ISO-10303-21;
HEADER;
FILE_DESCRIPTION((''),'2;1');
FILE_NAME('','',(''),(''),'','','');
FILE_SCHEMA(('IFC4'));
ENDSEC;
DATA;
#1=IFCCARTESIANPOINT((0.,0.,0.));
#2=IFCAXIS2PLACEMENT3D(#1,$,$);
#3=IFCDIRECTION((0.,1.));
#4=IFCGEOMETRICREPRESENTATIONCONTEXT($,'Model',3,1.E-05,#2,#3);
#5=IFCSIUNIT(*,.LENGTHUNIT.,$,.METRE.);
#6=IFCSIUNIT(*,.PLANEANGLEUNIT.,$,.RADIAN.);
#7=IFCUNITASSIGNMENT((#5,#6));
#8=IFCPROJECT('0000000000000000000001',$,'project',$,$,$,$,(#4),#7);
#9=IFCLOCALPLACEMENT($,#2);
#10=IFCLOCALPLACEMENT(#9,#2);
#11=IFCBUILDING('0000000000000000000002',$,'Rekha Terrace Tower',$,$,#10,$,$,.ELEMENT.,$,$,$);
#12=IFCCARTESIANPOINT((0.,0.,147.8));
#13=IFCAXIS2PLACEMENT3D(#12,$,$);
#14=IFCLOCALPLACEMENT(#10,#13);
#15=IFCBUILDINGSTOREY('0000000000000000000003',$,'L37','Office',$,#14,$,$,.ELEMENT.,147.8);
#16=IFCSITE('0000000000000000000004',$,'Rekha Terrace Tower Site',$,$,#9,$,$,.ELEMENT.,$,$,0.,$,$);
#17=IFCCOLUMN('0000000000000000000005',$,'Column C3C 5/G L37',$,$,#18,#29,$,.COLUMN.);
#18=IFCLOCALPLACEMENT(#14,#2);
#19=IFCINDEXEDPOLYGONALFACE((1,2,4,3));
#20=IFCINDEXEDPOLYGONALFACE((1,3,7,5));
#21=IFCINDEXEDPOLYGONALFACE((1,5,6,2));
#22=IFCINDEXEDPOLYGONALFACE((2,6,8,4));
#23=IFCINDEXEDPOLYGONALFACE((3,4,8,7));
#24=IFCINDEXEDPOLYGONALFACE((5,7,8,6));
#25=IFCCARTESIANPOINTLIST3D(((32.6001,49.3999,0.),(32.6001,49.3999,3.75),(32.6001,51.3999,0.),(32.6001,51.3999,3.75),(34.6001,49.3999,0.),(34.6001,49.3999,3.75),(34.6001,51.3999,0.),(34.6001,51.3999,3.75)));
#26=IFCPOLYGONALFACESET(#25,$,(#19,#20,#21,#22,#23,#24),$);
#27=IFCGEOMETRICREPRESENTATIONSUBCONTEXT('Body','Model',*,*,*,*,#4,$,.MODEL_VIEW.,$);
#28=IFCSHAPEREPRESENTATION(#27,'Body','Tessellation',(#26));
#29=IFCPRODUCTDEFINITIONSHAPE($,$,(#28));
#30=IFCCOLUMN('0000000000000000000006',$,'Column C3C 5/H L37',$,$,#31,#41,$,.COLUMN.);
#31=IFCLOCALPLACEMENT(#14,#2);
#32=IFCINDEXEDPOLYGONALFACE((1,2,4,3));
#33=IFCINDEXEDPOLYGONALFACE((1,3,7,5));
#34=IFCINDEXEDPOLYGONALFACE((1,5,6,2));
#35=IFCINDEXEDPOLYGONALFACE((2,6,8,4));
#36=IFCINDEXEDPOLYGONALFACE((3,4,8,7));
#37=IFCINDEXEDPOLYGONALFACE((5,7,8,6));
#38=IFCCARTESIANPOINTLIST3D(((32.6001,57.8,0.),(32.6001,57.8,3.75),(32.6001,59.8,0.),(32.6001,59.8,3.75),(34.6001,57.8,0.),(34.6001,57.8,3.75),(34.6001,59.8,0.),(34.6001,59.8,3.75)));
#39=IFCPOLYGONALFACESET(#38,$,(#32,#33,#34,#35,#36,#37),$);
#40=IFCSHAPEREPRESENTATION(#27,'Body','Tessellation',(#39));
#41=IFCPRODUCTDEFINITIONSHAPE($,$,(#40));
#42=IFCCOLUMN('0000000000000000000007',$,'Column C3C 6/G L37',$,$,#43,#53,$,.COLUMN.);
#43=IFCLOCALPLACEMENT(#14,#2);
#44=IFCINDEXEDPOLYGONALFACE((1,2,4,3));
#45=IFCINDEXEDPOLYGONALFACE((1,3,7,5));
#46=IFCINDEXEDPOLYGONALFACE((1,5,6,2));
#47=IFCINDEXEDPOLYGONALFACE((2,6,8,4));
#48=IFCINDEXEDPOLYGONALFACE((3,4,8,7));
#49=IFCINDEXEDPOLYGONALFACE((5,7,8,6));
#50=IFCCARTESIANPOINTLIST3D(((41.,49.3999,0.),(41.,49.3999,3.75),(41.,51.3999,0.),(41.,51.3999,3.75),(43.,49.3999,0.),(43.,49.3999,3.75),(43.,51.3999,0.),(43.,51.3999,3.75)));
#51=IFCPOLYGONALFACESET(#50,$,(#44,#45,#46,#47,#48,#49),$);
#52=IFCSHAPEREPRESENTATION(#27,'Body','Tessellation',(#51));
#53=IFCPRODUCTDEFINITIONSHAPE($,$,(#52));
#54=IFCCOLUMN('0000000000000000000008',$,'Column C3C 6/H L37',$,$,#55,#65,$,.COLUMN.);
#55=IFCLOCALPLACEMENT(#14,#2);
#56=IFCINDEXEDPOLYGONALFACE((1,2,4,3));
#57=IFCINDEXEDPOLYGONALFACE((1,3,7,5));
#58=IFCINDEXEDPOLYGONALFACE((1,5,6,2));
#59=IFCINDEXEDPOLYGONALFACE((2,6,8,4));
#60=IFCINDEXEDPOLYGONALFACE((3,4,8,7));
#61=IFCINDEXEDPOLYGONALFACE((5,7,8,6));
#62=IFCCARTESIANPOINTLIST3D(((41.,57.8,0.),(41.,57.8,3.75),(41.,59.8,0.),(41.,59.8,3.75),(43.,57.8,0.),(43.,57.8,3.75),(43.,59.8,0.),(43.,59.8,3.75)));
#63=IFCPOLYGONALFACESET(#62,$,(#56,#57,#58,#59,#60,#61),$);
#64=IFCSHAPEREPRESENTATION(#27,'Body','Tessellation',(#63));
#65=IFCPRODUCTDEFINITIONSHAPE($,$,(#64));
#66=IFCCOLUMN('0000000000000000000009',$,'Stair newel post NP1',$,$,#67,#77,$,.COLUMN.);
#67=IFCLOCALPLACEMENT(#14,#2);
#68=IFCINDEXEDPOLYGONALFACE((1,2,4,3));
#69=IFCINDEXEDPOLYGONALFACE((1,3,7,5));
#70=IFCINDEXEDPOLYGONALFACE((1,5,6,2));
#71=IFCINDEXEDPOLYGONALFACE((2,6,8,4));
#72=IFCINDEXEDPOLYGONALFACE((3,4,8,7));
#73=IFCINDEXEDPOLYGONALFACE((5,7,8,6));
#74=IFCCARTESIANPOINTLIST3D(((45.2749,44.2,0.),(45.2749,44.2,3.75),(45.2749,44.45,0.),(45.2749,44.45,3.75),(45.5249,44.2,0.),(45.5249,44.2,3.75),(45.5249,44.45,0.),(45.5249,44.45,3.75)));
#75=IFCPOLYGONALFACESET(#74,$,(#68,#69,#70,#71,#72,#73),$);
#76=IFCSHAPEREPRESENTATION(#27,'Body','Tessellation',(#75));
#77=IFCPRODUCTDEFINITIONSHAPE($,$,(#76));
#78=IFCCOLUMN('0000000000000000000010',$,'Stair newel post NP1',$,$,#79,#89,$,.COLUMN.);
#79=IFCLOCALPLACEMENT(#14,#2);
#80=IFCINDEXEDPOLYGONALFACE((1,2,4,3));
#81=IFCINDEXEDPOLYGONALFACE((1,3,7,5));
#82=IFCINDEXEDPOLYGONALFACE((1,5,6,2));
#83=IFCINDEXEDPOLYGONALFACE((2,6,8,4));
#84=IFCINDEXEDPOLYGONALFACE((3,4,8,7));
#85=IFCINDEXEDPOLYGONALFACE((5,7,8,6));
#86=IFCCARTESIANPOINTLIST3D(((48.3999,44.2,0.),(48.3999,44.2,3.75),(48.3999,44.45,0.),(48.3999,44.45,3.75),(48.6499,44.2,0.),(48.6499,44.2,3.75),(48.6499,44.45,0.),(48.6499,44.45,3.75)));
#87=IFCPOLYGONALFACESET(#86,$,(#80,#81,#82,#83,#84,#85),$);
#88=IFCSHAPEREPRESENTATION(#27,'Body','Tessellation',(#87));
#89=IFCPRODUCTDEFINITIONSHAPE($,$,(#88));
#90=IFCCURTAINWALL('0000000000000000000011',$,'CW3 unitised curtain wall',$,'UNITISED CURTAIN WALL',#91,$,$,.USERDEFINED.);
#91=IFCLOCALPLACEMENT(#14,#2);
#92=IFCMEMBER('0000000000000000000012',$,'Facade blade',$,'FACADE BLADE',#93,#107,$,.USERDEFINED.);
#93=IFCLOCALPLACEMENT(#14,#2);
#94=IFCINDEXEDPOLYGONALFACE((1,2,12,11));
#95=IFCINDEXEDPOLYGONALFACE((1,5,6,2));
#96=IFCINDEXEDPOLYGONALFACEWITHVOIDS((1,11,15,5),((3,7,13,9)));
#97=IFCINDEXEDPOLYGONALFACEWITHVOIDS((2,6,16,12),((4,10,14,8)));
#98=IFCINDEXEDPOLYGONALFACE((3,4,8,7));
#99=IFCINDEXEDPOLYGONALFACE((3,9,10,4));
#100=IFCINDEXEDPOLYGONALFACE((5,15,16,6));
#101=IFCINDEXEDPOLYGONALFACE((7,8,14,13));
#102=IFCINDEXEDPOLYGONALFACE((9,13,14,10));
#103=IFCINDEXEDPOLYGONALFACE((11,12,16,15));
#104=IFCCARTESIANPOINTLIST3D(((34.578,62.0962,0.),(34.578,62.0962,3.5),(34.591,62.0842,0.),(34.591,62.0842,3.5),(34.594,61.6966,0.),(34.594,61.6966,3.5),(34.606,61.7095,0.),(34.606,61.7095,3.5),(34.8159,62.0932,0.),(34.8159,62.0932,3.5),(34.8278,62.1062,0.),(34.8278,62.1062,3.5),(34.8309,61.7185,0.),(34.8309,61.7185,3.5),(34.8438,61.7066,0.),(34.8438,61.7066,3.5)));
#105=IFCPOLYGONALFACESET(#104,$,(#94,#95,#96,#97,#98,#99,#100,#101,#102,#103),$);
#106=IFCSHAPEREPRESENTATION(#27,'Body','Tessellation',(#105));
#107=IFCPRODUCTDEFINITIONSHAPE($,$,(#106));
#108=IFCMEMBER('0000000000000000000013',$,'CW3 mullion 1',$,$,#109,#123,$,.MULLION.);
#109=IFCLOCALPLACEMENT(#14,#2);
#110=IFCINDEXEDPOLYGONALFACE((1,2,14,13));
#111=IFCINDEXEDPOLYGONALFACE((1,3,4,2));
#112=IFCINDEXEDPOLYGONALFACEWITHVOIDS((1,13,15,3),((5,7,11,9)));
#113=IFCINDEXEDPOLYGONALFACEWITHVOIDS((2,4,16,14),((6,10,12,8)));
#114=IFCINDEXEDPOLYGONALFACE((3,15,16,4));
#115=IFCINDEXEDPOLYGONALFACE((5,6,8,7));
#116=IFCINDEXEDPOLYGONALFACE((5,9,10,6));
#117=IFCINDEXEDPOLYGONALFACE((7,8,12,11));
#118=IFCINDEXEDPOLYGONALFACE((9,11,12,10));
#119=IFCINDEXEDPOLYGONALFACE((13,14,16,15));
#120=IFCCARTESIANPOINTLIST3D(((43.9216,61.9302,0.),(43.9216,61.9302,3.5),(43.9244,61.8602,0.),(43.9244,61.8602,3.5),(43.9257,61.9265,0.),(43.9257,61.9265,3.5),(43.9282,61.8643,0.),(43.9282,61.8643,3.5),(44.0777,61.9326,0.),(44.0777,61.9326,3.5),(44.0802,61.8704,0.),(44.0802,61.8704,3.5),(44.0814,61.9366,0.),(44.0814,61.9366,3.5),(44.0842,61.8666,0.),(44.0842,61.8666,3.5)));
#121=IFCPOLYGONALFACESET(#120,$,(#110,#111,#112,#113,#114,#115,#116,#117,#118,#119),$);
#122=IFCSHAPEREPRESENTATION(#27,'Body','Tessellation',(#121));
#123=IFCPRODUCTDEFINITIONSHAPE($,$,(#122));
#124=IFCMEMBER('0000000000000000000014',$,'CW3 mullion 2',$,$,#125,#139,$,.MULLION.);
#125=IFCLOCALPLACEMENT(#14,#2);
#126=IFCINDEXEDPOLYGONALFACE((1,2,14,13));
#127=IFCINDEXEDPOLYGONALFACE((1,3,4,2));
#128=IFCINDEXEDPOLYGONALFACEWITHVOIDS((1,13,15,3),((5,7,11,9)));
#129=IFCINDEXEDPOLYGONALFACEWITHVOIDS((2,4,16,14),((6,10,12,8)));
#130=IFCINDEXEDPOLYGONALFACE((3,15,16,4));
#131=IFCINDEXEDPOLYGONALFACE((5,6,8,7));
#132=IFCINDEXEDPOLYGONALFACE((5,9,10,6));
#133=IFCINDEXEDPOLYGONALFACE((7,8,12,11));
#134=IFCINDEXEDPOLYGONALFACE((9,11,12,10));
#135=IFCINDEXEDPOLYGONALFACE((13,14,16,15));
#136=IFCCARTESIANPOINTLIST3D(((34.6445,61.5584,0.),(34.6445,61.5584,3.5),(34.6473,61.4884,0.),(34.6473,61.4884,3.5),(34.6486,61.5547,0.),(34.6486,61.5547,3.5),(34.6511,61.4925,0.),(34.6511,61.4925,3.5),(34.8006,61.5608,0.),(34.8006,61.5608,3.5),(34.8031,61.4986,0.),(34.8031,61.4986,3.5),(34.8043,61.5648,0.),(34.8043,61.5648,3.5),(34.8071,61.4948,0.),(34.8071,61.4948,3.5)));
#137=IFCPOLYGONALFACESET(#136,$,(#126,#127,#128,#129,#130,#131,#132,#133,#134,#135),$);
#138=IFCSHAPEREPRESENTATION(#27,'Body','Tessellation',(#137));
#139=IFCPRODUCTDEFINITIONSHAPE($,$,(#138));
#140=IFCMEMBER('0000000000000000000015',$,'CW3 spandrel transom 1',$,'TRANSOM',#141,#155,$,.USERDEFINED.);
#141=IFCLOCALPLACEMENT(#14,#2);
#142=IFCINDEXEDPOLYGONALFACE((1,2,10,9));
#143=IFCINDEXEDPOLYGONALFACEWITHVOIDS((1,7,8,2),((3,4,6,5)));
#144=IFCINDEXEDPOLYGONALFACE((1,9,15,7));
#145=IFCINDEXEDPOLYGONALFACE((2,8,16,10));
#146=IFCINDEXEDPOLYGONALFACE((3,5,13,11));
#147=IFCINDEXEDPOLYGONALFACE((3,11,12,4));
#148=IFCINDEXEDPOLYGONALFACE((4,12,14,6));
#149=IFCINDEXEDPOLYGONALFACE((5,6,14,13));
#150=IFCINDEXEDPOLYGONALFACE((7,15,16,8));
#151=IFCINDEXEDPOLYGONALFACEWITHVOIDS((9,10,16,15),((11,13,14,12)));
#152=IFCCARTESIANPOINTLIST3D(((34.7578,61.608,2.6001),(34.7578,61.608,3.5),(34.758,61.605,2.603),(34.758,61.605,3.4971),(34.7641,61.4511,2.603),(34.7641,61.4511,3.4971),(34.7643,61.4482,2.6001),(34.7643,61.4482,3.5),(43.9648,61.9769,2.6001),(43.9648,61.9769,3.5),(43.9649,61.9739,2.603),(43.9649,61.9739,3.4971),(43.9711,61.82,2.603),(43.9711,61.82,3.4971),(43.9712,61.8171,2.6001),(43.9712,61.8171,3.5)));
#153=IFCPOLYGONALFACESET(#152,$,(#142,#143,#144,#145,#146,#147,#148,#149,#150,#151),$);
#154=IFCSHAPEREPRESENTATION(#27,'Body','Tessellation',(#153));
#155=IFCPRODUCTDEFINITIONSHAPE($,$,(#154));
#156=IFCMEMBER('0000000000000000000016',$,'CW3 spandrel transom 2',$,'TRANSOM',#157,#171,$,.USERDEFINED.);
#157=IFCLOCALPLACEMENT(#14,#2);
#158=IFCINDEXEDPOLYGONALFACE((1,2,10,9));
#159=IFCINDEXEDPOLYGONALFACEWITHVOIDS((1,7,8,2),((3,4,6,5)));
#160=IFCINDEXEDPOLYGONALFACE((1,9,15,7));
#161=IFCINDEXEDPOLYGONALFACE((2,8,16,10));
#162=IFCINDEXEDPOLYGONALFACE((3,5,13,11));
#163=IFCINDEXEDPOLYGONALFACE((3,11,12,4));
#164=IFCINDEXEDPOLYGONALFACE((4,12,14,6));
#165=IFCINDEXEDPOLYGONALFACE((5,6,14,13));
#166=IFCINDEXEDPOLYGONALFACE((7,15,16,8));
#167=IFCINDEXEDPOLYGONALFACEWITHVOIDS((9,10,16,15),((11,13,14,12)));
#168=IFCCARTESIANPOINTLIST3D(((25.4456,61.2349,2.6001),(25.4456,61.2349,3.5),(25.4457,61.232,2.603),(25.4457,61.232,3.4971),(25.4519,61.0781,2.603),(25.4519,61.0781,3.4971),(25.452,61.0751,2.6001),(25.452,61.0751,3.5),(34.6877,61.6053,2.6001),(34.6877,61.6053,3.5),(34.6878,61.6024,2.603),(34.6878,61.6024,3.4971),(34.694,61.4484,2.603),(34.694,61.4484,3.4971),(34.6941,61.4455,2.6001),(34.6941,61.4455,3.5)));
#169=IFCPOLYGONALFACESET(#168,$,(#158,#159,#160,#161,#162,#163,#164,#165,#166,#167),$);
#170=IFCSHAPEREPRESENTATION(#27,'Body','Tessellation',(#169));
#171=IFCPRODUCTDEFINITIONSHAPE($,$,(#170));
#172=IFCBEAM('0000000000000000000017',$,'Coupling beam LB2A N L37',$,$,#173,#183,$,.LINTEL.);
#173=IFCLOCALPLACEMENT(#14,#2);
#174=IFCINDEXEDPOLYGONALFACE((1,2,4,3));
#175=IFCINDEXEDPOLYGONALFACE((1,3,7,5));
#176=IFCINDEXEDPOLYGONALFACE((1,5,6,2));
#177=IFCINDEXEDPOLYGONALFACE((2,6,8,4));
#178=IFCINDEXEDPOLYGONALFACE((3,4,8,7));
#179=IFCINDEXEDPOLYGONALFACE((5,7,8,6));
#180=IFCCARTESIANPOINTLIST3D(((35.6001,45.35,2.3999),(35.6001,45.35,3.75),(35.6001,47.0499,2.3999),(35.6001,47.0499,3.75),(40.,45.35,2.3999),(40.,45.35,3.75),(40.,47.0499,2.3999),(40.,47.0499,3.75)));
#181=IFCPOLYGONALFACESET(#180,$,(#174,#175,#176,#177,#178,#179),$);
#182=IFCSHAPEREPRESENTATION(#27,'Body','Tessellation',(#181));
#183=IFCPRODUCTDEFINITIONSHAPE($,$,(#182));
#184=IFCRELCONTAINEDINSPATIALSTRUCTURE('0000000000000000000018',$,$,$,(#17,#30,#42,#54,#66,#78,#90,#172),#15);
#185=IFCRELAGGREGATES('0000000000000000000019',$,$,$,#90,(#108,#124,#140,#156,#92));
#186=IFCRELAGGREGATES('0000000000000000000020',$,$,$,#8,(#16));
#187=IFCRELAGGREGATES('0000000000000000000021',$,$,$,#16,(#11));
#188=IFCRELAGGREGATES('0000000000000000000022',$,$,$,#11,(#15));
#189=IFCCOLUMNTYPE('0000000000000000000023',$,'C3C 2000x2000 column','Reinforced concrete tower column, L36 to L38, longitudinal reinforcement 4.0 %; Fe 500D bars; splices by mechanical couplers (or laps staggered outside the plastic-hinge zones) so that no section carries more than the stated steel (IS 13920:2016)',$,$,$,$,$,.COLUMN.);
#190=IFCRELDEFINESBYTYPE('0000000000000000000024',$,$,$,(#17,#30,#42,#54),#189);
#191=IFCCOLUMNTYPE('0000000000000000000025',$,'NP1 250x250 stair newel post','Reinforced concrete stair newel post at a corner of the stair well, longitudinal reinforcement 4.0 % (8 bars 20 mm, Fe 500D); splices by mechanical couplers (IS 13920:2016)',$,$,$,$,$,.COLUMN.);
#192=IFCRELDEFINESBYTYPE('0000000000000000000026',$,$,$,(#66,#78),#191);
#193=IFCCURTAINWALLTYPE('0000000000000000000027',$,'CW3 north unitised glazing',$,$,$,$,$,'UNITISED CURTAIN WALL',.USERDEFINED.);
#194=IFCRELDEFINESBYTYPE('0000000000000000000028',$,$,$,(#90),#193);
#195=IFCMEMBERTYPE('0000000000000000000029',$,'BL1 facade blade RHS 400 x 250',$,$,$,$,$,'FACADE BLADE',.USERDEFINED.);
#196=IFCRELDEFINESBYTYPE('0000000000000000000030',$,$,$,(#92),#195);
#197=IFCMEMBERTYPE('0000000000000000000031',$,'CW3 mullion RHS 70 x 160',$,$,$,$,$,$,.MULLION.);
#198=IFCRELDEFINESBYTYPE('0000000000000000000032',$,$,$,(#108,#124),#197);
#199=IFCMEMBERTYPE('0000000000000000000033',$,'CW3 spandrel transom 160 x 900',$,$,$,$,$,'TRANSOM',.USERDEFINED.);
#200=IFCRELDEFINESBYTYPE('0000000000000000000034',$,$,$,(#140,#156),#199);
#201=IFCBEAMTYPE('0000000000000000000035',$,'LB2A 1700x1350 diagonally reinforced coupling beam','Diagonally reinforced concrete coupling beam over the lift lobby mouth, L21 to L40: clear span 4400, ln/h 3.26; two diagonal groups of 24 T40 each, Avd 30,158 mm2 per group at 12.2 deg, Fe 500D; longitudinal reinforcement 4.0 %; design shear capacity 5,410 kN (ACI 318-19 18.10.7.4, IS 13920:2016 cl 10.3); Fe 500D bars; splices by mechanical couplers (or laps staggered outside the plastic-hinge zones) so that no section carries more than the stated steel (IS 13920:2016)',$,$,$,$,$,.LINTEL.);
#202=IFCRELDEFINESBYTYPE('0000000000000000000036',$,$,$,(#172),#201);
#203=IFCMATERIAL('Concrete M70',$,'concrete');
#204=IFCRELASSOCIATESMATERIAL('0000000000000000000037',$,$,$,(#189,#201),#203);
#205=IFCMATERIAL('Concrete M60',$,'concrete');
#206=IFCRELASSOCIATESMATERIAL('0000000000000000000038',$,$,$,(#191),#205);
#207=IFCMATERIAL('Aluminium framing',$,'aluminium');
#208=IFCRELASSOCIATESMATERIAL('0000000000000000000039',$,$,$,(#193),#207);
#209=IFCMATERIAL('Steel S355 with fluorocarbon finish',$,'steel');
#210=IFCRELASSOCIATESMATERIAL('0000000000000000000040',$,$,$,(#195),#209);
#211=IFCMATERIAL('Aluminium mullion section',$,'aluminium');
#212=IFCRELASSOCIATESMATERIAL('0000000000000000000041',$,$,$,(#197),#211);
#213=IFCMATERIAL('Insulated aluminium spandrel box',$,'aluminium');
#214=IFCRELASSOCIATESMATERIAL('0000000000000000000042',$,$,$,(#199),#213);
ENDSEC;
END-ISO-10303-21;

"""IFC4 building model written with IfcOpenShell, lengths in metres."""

from ifc_helpers import new_model, si_unit, direction, frame, origin, origin_2d, place, context, subcontext, project, spatial, rectangle, hollow_rectangle, extrude, material, material_profile, profile_set, type_object, element, aggregate, save


model = new_model("IFC4")

# Units and contexts
model_context = context("Model", 3, precision=1e-05, world=origin(), true_north=direction((0.0, 1.0)))
body_context = subcontext(model_context, "Body", "Model", "MODEL_VIEW")
ifc_project = project(units=[si_unit("LENGTHUNIT", "METRE"), si_unit("PLANEANGLEUNIT", "RADIAN")], contexts=[model_context])

# Site, building, storey
site_placement = place(None, origin())
site = spatial("IfcSite", under=ifc_project, at=site_placement, Name="Rekha Terrace Tower Site", CompositionType="ELEMENT", RefElevation=0.0)
building_placement = place(site_placement, origin())
building = spatial("IfcBuilding", under=site, at=building_placement, Name="Rekha Terrace Tower", CompositionType="ELEMENT")
storey_placement = place(building_placement, frame((0.0, 0.0, 147.8)))
storey = spatial("IfcBuildingStorey", under=building, at=storey_placement, Name="L37", Description="Office", CompositionType="ELEMENT", Elevation=147.8)

# Columns
ifc_material_1 = material(Name="Concrete M70", Category="concrete")
ifc_material_profile_1 = material_profile(ifc_material_1, rectangle(XDim=2.0, YDim=2.0, at=origin_2d()), Name="RC 2000x2000")
ifc_profile_set_1 = profile_set([ifc_material_profile_1], Name="Concrete M70")
column_type_1 = type_object("IfcColumnType", Name="C3C 2000x2000 column", Description="Reinforced concrete tower column, L36 to L38, longitudinal reinforcement 4.0 %; Fe 500D bars; splices by mechanical couplers (or laps staggered outside the plastic-hinge zones) so that no section carries more than the stated steel (IS 13920:2016)", PredefinedType="COLUMN", material=ifc_profile_set_1)
for number, where, z_axis, x_axis, name in (
    (1, (33.6001, 50.3999, 0.0), (0.0, 0.0, 1.0), (1.0, 0.0, 0.0), "Column C3C 5/G L37"),
    (2, (33.6001, 58.8, 0.0), (0.0, 0.0, 1.0), (1.0, 0.0, 0.0), "Column C3C 5/H L37"),
    (3, (42.0, 50.3999, 0.0), (0.0, 0.0, 1.0), (1.0, 0.0, 0.0), "Column C3C 6/G L37"),
    (4, (42.0, 58.8, 0.0), (0.0, 0.0, 1.0), (1.0, 0.0, 0.0), "Column C3C 6/H L37"),
):
    element("IfcColumn", number, at=place(storey_placement, frame(where, z_axis=z_axis, x_axis=x_axis)), inside=storey, type_object=column_type_1, Name=name, PredefinedType="COLUMN", context=body_context, shape_type="SweptSolid", body=[
        extrude(rectangle(XDim=2.0, YDim=2.0, at=origin_2d()), origin(), (0.0, 0.0, 1.0), 3.75),
    ])
ifc_material_2 = material(Name="Concrete M60", Category="concrete")
ifc_material_profile_2 = material_profile(ifc_material_2, rectangle(XDim=0.25, YDim=0.25, at=origin_2d()), Name="RC 250x250")
ifc_profile_set_2 = profile_set([ifc_material_profile_2], Name="Concrete M60")
column_type_2 = type_object("IfcColumnType", Name="NP1 250x250 stair newel post", Description="Reinforced concrete stair newel post at a corner of the stair well, longitudinal reinforcement 4.0 % (8 bars 20 mm, Fe 500D); splices by mechanical couplers (IS 13920:2016)", PredefinedType="COLUMN", material=ifc_profile_set_2)
for number, where, z_axis, x_axis, name in (
    (5, (45.3999, 44.325, 0.0), (0.0, 0.0, 1.0), (1.0, 0.0, 0.0), "Stair newel post NP1"),
    (6, (48.5249, 44.325, 0.0), (0.0, 0.0, 1.0), (1.0, 0.0, 0.0), "Stair newel post NP1"),
):
    element("IfcColumn", number, at=place(storey_placement, frame(where, z_axis=z_axis, x_axis=x_axis)), inside=storey, type_object=column_type_2, Name=name, PredefinedType="COLUMN", context=body_context, shape_type="SweptSolid", body=[
        extrude(rectangle(XDim=0.25, YDim=0.25, at=origin_2d()), origin(), (0.0, 0.0, 1.0), 3.75),
    ])

# Curtain wall, members
ifc_material_3 = material(Name="Aluminium framing", Category="aluminium")
curtain_wall_type = type_object("IfcCurtainWallType", Name="CW3 north unitised glazing", ElementType="UNITISED CURTAIN WALL", PredefinedType="USERDEFINED", material=ifc_material_3)
curtain_wall_1_placement = place(storey_placement, origin())
curtain_wall_1 = element("IfcCurtainWall", 7, at=curtain_wall_1_placement, inside=storey, type_object=curtain_wall_type, Name="CW3 unitised curtain wall", ObjectType="UNITISED CURTAIN WALL", PredefinedType="USERDEFINED")
ifc_material_4 = material(Name="Steel S355 with fluorocarbon finish", Category="steel")
ifc_material_profile_3 = material_profile(ifc_material_4, hollow_rectangle(XDim=0.25, YDim=0.3999, WallThickness=0.0125, at=origin_2d()), Name="RHS400x250x12.5")
ifc_profile_set_3 = profile_set([ifc_material_profile_3], Name="Steel S355 with fluorocarbon finish")
member_type_1 = type_object("IfcMemberType", Name="BL1 facade blade RHS 400 x 250", ElementType="FACADE BLADE", PredefinedType="USERDEFINED", material=ifc_profile_set_3)
member_1_placement = place(storey_placement, frame((34.7109, 61.9014, 0.0), z_axis=(0.0, 0.0, 1.0), x_axis=(-0.999198, -0.040032, 0.0)))
member_1 = element("IfcMember", 8, at=member_1_placement, type_object=member_type_1, Name="Facade blade", ObjectType="FACADE BLADE", PredefinedType="USERDEFINED", context=body_context, shape_type="SweptSolid", body=[
    extrude(hollow_rectangle(XDim=0.25, YDim=0.3999, WallThickness=0.0125, at=origin_2d()), origin(), (0.0, 0.0, 1.0), 3.5),
])
ifc_material_5 = material(Name="Aluminium mullion section", Category="aluminium")
ifc_material_profile_4 = material_profile(ifc_material_5, hollow_rectangle(XDim=0.0701, YDim=0.1599, WallThickness=0.0039, at=origin_2d()), Name="AL RHS 70x160")
ifc_profile_set_4 = profile_set([ifc_material_profile_4], Name="Aluminium mullion section")
member_type_2 = type_object("IfcMemberType", Name="CW3 mullion RHS 70 x 160", PredefinedType="MULLION", material=ifc_profile_set_4)
member_2_placement = place(storey_placement, frame((44.0029, 61.8984, 0.0), z_axis=(0.0, 0.0, 1.0), x_axis=(0.040032, -0.999198, 0.0)))
member_2 = element("IfcMember", 9, at=member_2_placement, type_object=member_type_2, Name="CW3 mullion 1", PredefinedType="MULLION", context=body_context, shape_type="SweptSolid", body=[
    extrude(hollow_rectangle(XDim=0.0701, YDim=0.1599, WallThickness=0.0039, at=origin_2d()), origin(), (0.0, 0.0, 1.0), 3.5),
])
member_3_placement = place(storey_placement, frame((34.7258, 61.5266, 0.0), z_axis=(0.0, 0.0, 1.0), x_axis=(0.040032, -0.999198, 0.0)))
member_3 = element("IfcMember", 10, at=member_3_placement, type_object=member_type_2, Name="CW3 mullion 2", PredefinedType="MULLION", context=body_context, shape_type="SweptSolid", body=[
    extrude(hollow_rectangle(XDim=0.0701, YDim=0.1599, WallThickness=0.0039, at=origin_2d()), origin(), (0.0, 0.0, 1.0), 3.5),
])
ifc_material_6 = material(Name="Insulated aluminium spandrel box", Category="aluminium")
ifc_material_profile_5 = material_profile(ifc_material_6, hollow_rectangle(XDim=0.1599, YDim=0.8999, WallThickness=0.0029, at=origin_2d()), Name="AL SPANDREL BOX 160x900")
ifc_profile_set_5 = profile_set([ifc_material_profile_5], Name="Insulated aluminium spandrel box")
member_type_3 = type_object("IfcMemberType", Name="CW3 spandrel transom 160 x 900", ElementType="TRANSOM", PredefinedType="USERDEFINED", material=ifc_profile_set_5)
member_4_placement = place(storey_placement, frame((43.968, 61.897, 3.05), z_axis=(-0.999198, -0.040035, 0.0), x_axis=(0.040035, -0.999198, 0.0)))
member_4 = element("IfcMember", 11, at=member_4_placement, type_object=member_type_3, Name="CW3 spandrel transom 1", ObjectType="TRANSOM", PredefinedType="USERDEFINED", context=body_context, shape_type="SweptSolid", body=[
    extrude(hollow_rectangle(XDim=0.1599, YDim=0.8999, WallThickness=0.0029, at=origin_2d()), origin(), (0.0, 0.0, 1.0), 9.2144),
])
member_5_placement = place(storey_placement, frame((34.6909, 61.5254, 3.05), z_axis=(-0.999198, -0.040041, 0.0), x_axis=(0.040041, -0.999198, 0.0)))
member_5 = element("IfcMember", 12, at=member_5_placement, type_object=member_type_3, Name="CW3 spandrel transom 2", ObjectType="TRANSOM", PredefinedType="USERDEFINED", context=body_context, shape_type="SweptSolid", body=[
    extrude(hollow_rectangle(XDim=0.1599, YDim=0.8999, WallThickness=0.0029, at=origin_2d()), origin(), (0.0, 0.0, 1.0), 9.2495),
])

# Beam
ifc_material_profile_6 = material_profile(ifc_material_1, rectangle(XDim=1.7, YDim=1.3501, at=origin_2d()), Name="RC 1700x1350")
ifc_profile_set_6 = profile_set([ifc_material_profile_6], Name="Concrete M70")
beam_type = type_object("IfcBeamType", Name="LB2A 1700x1350 diagonally reinforced coupling beam", Description="Diagonally reinforced concrete coupling beam over the lift lobby mouth, L21 to L40: clear span 4400, ln/h 3.26; two diagonal groups of 24 T40 each, Avd 30,158 mm2 per group at 12.2 deg, Fe 500D; longitudinal reinforcement 4.0 %; design shear capacity 5,410 kN (ACI 318-19 18.10.7.4, IS 13920:2016 cl 10.3); Fe 500D bars; splices by mechanical couplers (or laps staggered outside the plastic-hinge zones) so that no section carries more than the stated steel (IS 13920:2016)", PredefinedType="LINTEL", material=ifc_profile_set_6)
beam_placement = place(storey_placement, frame((35.6001, 46.2, 3.075), z_axis=(1.0, 0.0, 0.0), x_axis=(0.0, 1.0, 0.0)))
element("IfcBeam", 13, at=beam_placement, inside=storey, type_object=beam_type, Name="Coupling beam LB2A N L37", PredefinedType="LINTEL", context=body_context, shape_type="SweptSolid", body=[
    extrude(rectangle(XDim=1.7, YDim=1.3501, at=origin_2d()), origin(), (0.0, 0.0, 1.0), 4.3999),
])

aggregate(curtain_wall_1, [member_2, member_3, member_4, member_5, member_1])

save(model, "model.ifc")
